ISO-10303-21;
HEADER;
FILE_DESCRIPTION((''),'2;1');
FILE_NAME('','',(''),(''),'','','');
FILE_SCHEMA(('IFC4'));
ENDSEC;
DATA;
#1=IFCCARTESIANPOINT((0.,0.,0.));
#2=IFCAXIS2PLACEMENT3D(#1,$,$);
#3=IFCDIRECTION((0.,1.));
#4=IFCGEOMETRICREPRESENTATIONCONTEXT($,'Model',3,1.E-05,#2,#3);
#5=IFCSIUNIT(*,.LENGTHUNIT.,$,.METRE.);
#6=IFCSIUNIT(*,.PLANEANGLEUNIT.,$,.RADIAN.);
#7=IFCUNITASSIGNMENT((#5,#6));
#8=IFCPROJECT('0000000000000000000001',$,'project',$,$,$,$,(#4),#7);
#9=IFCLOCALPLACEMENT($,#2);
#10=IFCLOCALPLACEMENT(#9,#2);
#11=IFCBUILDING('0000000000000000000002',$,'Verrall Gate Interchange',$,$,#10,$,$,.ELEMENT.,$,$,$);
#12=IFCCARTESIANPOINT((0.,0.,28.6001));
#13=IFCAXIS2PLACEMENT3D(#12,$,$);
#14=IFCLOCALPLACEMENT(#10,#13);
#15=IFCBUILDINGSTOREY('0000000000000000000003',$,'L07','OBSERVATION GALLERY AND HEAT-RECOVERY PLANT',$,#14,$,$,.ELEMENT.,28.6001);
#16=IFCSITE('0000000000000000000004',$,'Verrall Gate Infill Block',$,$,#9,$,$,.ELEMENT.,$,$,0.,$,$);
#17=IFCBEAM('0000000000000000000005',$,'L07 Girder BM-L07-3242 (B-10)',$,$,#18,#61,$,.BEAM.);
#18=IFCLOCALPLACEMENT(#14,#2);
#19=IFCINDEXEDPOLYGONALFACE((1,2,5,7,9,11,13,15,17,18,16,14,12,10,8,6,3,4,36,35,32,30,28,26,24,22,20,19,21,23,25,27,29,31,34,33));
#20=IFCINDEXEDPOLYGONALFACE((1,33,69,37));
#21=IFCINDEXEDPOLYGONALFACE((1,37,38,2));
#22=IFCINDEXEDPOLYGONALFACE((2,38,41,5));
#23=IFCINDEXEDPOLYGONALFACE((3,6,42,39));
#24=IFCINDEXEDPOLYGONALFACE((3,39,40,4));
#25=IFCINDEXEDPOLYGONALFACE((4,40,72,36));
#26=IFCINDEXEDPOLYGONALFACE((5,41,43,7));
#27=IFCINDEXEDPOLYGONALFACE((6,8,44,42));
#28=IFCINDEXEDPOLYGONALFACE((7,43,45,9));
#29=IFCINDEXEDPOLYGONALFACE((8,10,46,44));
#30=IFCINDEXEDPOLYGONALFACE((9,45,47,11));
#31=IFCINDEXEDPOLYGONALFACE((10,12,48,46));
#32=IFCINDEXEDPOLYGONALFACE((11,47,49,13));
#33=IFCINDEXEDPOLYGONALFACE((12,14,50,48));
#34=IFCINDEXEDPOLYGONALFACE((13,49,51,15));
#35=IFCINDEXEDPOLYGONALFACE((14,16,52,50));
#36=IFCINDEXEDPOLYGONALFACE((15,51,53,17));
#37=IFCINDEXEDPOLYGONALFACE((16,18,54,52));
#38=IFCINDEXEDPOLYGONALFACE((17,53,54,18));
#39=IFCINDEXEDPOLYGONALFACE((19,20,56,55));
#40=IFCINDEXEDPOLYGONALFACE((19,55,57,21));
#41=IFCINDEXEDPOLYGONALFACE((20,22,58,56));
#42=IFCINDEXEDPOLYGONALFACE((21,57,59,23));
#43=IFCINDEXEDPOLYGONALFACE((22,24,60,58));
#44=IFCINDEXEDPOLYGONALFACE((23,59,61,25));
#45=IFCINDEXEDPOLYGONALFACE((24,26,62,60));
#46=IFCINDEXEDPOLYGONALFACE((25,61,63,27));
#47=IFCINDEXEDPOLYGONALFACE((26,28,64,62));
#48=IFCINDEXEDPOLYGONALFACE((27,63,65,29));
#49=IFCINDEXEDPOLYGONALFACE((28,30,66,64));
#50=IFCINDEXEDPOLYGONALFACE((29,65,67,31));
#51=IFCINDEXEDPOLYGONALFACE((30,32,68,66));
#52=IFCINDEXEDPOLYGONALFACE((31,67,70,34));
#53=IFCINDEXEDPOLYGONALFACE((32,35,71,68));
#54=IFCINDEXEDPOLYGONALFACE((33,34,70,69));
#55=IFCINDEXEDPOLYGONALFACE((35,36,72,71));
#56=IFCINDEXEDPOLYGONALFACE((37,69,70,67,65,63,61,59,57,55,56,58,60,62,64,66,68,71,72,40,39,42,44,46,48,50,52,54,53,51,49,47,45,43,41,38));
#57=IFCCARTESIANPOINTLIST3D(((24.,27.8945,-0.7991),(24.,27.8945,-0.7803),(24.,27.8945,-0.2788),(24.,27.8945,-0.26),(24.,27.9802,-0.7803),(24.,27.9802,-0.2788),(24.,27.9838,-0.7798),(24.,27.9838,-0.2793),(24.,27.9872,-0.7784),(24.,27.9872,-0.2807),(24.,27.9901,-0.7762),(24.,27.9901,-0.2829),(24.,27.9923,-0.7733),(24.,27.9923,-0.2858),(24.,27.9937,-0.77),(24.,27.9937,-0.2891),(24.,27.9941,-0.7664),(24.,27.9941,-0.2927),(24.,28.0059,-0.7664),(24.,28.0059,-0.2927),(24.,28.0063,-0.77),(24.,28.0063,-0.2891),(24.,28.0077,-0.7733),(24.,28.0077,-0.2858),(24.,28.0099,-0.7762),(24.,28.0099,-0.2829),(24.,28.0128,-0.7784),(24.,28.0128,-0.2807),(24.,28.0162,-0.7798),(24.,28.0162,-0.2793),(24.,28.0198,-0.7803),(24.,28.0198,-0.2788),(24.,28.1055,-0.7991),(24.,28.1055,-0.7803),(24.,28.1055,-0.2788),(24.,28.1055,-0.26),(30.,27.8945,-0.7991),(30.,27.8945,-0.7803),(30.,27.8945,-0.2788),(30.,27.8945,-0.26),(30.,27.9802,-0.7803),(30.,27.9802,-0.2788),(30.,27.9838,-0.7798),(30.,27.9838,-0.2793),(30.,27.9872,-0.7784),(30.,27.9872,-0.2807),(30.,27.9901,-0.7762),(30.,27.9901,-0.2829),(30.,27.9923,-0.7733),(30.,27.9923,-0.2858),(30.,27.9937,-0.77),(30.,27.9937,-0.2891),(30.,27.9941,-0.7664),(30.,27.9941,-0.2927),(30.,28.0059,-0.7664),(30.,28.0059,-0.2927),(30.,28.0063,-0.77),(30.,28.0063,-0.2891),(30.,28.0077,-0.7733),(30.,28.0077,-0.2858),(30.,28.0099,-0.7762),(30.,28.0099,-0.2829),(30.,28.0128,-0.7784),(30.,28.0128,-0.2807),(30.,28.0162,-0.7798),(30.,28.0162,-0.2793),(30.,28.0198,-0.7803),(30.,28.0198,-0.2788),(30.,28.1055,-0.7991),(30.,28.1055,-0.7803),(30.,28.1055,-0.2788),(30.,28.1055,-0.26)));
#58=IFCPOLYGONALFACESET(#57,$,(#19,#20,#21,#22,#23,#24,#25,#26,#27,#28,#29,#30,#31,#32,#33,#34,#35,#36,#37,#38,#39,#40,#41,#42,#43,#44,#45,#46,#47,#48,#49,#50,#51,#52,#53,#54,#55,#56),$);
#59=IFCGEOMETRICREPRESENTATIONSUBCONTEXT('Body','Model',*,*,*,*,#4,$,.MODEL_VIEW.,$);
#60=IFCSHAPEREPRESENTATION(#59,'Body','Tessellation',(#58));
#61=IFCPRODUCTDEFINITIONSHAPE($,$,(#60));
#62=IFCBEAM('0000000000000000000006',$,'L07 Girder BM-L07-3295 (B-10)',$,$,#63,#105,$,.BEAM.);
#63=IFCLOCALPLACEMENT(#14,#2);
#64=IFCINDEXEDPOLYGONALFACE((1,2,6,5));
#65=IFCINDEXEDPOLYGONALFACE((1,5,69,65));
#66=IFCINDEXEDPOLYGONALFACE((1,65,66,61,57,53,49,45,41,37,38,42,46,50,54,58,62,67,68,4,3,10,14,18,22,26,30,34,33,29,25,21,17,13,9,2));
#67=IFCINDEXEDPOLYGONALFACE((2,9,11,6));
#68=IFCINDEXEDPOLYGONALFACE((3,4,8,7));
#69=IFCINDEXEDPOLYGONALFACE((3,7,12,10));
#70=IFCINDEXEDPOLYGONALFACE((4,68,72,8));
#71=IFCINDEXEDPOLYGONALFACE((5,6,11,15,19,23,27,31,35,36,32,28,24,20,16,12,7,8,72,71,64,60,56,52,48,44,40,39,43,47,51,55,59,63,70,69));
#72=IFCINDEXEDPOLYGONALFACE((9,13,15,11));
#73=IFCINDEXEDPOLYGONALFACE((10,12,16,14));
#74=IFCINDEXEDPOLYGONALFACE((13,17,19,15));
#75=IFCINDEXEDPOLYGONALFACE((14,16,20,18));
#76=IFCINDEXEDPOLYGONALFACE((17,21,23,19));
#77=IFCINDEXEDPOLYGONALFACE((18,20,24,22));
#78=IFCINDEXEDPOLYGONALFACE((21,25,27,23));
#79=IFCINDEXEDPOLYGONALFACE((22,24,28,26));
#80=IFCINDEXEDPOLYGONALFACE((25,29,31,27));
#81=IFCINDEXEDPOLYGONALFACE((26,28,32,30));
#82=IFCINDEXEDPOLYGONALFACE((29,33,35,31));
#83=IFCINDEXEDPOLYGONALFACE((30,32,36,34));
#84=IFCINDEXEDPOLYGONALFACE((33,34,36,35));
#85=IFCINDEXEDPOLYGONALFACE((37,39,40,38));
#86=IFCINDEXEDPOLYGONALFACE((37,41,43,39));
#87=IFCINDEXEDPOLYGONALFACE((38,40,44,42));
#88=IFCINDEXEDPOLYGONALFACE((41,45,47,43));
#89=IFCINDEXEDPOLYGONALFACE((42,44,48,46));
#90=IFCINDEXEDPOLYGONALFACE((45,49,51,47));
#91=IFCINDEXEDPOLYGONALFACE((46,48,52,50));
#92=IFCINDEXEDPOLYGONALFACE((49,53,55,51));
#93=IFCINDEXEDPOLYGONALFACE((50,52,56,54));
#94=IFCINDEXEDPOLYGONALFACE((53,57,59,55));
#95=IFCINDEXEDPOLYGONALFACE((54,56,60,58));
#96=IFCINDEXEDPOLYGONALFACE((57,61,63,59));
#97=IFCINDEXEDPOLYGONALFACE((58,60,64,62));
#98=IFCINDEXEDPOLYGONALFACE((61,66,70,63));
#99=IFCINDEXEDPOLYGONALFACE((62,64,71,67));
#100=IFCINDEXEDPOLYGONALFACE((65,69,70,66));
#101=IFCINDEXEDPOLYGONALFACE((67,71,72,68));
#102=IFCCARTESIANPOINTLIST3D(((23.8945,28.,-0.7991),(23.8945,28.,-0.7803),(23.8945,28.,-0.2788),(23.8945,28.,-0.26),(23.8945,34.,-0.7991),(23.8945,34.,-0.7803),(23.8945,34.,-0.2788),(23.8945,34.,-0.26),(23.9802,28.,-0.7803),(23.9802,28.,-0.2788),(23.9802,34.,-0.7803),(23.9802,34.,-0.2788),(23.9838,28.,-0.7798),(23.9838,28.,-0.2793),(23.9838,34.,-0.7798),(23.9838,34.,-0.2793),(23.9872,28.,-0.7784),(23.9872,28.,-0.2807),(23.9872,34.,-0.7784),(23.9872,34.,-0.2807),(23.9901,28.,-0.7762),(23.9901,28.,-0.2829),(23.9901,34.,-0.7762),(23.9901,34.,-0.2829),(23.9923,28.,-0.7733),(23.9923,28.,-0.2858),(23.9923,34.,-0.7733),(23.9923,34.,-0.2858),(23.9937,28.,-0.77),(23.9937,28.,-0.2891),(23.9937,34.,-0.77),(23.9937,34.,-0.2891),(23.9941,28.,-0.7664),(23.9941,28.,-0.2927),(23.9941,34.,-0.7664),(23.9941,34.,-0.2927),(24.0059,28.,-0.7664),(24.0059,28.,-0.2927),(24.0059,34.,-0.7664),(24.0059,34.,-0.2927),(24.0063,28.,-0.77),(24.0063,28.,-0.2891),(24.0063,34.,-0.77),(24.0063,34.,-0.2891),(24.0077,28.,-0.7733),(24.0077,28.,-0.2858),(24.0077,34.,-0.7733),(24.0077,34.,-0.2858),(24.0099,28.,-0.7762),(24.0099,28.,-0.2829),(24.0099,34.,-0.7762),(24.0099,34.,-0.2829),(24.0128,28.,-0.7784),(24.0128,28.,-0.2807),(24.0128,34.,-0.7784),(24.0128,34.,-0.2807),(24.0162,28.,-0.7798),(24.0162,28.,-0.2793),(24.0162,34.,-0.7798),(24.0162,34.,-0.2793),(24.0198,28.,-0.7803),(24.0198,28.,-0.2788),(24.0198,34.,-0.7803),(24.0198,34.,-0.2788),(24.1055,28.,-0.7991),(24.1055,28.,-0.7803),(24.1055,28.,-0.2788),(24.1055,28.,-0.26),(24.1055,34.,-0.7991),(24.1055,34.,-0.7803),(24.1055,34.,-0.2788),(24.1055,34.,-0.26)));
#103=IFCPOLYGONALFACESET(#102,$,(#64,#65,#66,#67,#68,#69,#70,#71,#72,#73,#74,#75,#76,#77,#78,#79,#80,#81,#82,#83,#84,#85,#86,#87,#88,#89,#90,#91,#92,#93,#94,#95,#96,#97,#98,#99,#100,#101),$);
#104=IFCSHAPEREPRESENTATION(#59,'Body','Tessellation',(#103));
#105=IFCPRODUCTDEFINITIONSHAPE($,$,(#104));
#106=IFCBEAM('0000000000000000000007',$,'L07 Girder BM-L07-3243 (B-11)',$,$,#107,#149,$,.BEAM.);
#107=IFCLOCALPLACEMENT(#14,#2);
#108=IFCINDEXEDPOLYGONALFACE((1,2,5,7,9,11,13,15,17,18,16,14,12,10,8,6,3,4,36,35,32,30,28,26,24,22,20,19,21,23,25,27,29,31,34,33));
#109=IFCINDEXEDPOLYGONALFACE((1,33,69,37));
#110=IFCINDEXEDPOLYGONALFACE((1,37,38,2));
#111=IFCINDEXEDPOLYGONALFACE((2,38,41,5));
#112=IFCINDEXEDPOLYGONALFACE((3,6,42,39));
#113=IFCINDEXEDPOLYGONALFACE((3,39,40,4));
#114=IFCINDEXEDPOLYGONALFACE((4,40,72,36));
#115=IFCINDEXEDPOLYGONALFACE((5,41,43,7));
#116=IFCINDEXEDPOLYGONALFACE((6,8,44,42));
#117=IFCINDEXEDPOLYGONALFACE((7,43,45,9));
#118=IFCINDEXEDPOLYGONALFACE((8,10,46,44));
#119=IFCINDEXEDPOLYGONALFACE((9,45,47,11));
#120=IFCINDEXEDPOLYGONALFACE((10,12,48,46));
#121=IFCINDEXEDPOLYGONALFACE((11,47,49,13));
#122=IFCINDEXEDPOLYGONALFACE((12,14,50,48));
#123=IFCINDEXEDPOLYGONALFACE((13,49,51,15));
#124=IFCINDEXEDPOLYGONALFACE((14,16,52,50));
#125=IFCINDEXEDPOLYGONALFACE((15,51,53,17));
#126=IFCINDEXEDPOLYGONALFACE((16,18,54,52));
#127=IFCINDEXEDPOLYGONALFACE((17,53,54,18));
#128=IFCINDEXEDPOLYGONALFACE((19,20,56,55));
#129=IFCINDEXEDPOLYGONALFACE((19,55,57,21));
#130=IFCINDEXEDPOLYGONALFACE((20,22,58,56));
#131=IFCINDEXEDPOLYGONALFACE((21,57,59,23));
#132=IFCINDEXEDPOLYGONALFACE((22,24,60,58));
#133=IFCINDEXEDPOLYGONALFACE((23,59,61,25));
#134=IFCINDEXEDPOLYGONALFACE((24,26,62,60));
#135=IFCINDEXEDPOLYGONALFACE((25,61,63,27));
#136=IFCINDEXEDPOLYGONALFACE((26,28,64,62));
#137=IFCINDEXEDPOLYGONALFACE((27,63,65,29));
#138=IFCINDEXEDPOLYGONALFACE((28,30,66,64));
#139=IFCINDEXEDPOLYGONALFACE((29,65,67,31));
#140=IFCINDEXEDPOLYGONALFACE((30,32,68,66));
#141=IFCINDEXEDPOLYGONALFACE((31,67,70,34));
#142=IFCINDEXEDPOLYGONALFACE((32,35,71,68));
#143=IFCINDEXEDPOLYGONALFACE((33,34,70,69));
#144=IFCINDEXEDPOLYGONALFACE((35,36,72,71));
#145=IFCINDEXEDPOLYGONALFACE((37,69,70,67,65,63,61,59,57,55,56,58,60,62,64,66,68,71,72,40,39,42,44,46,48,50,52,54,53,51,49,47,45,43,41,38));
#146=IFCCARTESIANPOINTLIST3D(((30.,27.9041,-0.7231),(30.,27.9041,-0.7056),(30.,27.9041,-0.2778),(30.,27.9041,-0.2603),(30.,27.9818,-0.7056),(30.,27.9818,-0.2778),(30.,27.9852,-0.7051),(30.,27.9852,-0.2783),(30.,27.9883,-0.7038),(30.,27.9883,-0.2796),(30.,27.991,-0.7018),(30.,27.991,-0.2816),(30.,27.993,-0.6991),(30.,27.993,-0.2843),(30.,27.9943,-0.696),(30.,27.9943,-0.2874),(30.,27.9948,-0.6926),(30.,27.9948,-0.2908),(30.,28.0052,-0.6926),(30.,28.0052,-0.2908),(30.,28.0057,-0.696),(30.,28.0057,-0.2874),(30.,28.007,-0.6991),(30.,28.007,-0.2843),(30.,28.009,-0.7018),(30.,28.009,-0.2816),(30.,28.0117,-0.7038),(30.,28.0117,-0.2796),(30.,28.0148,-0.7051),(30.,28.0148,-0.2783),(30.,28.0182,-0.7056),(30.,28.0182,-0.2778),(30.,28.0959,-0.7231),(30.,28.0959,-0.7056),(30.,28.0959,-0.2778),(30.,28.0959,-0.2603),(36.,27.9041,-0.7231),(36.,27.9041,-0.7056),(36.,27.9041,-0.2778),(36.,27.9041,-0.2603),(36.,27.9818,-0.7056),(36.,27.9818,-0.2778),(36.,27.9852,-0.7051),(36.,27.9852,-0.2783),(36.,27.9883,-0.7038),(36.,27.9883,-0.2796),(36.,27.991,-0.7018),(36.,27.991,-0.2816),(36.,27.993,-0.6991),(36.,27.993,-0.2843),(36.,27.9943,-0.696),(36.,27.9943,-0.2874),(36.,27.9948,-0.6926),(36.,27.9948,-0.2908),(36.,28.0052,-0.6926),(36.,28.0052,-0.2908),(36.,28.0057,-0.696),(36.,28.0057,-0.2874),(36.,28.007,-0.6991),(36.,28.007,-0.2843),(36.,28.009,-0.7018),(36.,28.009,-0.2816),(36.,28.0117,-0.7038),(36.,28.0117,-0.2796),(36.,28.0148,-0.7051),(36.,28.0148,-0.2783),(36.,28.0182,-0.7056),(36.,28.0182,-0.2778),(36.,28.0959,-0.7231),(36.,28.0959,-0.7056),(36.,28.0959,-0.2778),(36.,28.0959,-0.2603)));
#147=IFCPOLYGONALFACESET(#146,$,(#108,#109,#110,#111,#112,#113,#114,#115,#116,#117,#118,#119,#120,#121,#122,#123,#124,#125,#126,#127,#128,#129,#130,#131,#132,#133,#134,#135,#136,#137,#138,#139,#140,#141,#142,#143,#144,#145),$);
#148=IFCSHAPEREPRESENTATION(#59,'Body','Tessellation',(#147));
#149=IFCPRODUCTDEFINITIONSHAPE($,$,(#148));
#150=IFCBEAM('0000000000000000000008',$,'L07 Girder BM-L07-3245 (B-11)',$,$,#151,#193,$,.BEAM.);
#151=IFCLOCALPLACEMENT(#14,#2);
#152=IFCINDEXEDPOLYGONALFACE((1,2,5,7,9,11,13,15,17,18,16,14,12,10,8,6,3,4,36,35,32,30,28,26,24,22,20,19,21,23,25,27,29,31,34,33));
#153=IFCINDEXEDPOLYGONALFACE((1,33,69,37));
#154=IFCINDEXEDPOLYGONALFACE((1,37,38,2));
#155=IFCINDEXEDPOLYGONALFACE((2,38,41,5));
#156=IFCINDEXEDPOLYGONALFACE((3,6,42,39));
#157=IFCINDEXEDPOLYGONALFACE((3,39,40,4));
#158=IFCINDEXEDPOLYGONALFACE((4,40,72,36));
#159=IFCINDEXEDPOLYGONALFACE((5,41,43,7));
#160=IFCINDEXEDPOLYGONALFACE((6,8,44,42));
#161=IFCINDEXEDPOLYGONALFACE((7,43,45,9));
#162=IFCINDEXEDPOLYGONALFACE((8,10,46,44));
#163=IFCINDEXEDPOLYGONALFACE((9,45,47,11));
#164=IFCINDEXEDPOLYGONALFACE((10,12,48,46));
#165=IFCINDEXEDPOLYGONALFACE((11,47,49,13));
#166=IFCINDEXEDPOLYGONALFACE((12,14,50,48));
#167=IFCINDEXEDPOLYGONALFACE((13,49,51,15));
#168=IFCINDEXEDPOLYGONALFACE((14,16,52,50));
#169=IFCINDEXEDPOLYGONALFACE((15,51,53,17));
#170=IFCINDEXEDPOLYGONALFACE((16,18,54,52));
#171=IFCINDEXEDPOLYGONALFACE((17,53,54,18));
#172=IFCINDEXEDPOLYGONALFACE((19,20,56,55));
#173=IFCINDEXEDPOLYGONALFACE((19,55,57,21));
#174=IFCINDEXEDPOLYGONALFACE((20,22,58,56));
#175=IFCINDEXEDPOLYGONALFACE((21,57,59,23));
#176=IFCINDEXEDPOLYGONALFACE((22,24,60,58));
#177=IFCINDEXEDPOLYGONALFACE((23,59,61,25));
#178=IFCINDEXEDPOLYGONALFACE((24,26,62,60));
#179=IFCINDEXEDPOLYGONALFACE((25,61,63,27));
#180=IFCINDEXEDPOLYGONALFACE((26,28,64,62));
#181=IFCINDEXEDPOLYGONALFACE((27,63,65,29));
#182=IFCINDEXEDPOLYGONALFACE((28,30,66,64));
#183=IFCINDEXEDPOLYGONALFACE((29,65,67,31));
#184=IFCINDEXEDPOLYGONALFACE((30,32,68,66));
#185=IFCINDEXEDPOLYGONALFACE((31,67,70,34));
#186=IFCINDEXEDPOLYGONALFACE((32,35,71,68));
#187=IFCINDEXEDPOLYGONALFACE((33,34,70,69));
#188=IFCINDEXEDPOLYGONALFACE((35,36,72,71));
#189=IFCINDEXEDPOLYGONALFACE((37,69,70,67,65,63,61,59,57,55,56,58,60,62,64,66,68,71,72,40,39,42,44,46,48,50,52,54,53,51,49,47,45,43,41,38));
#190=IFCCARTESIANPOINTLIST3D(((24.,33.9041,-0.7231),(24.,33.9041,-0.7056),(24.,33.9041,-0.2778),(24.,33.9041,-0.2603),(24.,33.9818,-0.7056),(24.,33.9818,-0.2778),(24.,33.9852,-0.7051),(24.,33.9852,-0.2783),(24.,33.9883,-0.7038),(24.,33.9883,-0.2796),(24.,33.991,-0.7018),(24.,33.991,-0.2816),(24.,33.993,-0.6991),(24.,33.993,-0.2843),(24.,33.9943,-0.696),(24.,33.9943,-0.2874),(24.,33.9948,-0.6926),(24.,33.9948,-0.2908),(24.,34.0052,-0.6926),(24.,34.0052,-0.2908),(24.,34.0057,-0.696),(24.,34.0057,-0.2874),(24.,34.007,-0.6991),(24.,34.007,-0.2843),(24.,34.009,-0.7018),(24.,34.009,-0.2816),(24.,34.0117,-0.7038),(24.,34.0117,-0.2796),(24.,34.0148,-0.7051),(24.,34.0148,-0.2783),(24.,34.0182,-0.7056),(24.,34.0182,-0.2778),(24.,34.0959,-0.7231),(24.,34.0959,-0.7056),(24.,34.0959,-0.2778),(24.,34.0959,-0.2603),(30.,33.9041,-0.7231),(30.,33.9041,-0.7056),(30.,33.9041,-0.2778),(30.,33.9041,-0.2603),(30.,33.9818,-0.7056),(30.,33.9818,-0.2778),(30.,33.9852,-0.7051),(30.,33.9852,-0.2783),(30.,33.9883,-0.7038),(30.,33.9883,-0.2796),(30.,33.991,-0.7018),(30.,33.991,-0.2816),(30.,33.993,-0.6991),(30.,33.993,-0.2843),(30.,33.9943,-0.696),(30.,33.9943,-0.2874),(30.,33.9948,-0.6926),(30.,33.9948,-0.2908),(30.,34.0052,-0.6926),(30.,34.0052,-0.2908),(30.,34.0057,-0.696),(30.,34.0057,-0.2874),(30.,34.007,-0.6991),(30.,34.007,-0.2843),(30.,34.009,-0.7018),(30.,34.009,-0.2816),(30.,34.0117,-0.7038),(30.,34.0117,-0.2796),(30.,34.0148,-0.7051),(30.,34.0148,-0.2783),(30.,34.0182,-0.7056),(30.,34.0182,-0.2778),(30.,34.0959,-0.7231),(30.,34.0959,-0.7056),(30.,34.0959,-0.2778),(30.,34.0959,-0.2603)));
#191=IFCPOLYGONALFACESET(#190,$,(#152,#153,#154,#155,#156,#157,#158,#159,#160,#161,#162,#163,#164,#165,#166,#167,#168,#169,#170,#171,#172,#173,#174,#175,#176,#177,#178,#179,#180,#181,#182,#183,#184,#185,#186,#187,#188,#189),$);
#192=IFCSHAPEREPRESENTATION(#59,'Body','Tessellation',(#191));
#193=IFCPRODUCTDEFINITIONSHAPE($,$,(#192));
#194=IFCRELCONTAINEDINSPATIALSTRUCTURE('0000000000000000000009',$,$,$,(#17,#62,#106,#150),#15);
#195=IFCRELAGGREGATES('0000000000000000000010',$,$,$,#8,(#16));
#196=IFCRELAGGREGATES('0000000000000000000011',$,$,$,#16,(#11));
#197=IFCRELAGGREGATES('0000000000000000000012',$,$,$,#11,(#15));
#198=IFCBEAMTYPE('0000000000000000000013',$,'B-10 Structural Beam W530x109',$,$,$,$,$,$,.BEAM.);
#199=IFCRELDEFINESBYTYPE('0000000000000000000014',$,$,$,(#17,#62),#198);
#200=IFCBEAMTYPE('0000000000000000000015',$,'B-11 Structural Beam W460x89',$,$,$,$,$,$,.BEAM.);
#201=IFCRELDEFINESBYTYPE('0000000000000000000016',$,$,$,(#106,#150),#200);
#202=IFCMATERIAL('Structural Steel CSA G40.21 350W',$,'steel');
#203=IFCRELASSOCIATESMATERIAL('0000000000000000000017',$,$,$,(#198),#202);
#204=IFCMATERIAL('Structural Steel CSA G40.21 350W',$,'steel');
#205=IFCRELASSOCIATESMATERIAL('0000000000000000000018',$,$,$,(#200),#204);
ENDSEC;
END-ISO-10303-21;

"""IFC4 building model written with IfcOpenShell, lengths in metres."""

from ifc_helpers import new_model, si_unit, direction, frame, origin, origin_2d, place, context, subcontext, project, spatial, i_section, extrude, material, material_profile, profile_set, type_object, element, save


model = new_model("IFC4")

# Units and contexts
model_context = context("Model", 3, precision=1e-05, world=origin(), true_north=direction((0.0, 1.0)))
body_context = subcontext(model_context, "Body", "Model", "MODEL_VIEW")
ifc_project = project(units=[si_unit("LENGTHUNIT", "METRE"), si_unit("PLANEANGLEUNIT", "RADIAN")], contexts=[model_context])

# Site, building, storey
site_placement = place(None, origin())
site = spatial("IfcSite", under=ifc_project, at=site_placement, Name="Verrall Gate Infill Block", CompositionType="ELEMENT", RefElevation=0.0)
building_placement = place(site_placement, origin())
building = spatial("IfcBuilding", under=site, at=building_placement, Name="Verrall Gate Interchange", CompositionType="ELEMENT")
storey_placement = place(building_placement, frame((0.0, 0.0, 28.6001)))
storey = spatial("IfcBuildingStorey", under=building, at=storey_placement, Name="L07", Description="OBSERVATION GALLERY AND HEAT-RECOVERY PLANT", CompositionType="ELEMENT", Elevation=28.6001)

# Beams
ifc_material_1 = material(Name="Structural Steel CSA G40.21 350W", Category="steel")
ifc_material_profile_1 = material_profile(ifc_material_1, i_section(OverallWidth=0.2109, OverallDepth=0.5391, WebThickness=0.0117, FlangeThickness=0.0188, FilletRadius=0.0139, at=origin_2d()), Name="W530x109")
ifc_profile_set_1 = profile_set([ifc_material_profile_1], Name="Structural Steel CSA G40.21 350W")
beam_type_1 = type_object("IfcBeamType", Name="B-10 Structural Beam W530x109", PredefinedType="BEAM", material=ifc_profile_set_1)
for number, where, z_axis, x_axis, name in (
    (1, (24.0, 28.0, -0.5295), (1.0, 0.0, 0.0), (0.0, 1.0, 0.0), "L07 Girder BM-L07-3242 (B-10)"),
    (2, (24.0, 28.0, -0.5295), (0.0, 1.0, 0.0), (-1.0, 0.0, 0.0), "L07 Girder BM-L07-3295 (B-10)"),
):
    element("IfcBeam", number, at=place(storey_placement, frame(where, z_axis=z_axis, x_axis=x_axis)), inside=storey, type_object=beam_type_1, Name=name, PredefinedType="BEAM", context=body_context, shape_type="SweptSolid", body=[
        extrude(i_section(OverallWidth=0.2109, OverallDepth=0.5391, WebThickness=0.0117, FlangeThickness=0.0188, FilletRadius=0.0139, at=origin_2d()), origin(), (0.0, 0.0, 1.0), 6.0),
    ])
ifc_material_2 = material(Name="Structural Steel CSA G40.21 350W", Category="steel")
ifc_material_profile_2 = material_profile(ifc_material_2, i_section(OverallWidth=0.1919, OverallDepth=0.4629, WebThickness=0.0105, FlangeThickness=0.0176, FilletRadius=0.0129, at=origin_2d()), Name="W460x89")
ifc_profile_set_2 = profile_set([ifc_material_profile_2], Name="Structural Steel CSA G40.21 350W")
beam_type_2 = type_object("IfcBeamType", Name="B-11 Structural Beam W460x89", PredefinedType="BEAM", material=ifc_profile_set_2)
for number, where, z_axis, x_axis, name in (
    (3, (30.0, 28.0, -0.4917), (1.0, 0.0, 0.0), (0.0, 1.0, 0.0), "L07 Girder BM-L07-3243 (B-11)"),
    (4, (24.0, 34.0, -0.4917), (1.0, 0.0, 0.0), (0.0, 1.0, 0.0), "L07 Girder BM-L07-3245 (B-11)"),
):
    element("IfcBeam", number, at=place(storey_placement, frame(where, z_axis=z_axis, x_axis=x_axis)), inside=storey, type_object=beam_type_2, Name=name, PredefinedType="BEAM", context=body_context, shape_type="SweptSolid", body=[
        extrude(i_section(OverallWidth=0.1919, OverallDepth=0.4629, WebThickness=0.0105, FlangeThickness=0.0176, FilletRadius=0.0129, at=origin_2d()), origin(), (0.0, 0.0, 1.0), 6.0),
    ])

save(model, "model.ifc")
